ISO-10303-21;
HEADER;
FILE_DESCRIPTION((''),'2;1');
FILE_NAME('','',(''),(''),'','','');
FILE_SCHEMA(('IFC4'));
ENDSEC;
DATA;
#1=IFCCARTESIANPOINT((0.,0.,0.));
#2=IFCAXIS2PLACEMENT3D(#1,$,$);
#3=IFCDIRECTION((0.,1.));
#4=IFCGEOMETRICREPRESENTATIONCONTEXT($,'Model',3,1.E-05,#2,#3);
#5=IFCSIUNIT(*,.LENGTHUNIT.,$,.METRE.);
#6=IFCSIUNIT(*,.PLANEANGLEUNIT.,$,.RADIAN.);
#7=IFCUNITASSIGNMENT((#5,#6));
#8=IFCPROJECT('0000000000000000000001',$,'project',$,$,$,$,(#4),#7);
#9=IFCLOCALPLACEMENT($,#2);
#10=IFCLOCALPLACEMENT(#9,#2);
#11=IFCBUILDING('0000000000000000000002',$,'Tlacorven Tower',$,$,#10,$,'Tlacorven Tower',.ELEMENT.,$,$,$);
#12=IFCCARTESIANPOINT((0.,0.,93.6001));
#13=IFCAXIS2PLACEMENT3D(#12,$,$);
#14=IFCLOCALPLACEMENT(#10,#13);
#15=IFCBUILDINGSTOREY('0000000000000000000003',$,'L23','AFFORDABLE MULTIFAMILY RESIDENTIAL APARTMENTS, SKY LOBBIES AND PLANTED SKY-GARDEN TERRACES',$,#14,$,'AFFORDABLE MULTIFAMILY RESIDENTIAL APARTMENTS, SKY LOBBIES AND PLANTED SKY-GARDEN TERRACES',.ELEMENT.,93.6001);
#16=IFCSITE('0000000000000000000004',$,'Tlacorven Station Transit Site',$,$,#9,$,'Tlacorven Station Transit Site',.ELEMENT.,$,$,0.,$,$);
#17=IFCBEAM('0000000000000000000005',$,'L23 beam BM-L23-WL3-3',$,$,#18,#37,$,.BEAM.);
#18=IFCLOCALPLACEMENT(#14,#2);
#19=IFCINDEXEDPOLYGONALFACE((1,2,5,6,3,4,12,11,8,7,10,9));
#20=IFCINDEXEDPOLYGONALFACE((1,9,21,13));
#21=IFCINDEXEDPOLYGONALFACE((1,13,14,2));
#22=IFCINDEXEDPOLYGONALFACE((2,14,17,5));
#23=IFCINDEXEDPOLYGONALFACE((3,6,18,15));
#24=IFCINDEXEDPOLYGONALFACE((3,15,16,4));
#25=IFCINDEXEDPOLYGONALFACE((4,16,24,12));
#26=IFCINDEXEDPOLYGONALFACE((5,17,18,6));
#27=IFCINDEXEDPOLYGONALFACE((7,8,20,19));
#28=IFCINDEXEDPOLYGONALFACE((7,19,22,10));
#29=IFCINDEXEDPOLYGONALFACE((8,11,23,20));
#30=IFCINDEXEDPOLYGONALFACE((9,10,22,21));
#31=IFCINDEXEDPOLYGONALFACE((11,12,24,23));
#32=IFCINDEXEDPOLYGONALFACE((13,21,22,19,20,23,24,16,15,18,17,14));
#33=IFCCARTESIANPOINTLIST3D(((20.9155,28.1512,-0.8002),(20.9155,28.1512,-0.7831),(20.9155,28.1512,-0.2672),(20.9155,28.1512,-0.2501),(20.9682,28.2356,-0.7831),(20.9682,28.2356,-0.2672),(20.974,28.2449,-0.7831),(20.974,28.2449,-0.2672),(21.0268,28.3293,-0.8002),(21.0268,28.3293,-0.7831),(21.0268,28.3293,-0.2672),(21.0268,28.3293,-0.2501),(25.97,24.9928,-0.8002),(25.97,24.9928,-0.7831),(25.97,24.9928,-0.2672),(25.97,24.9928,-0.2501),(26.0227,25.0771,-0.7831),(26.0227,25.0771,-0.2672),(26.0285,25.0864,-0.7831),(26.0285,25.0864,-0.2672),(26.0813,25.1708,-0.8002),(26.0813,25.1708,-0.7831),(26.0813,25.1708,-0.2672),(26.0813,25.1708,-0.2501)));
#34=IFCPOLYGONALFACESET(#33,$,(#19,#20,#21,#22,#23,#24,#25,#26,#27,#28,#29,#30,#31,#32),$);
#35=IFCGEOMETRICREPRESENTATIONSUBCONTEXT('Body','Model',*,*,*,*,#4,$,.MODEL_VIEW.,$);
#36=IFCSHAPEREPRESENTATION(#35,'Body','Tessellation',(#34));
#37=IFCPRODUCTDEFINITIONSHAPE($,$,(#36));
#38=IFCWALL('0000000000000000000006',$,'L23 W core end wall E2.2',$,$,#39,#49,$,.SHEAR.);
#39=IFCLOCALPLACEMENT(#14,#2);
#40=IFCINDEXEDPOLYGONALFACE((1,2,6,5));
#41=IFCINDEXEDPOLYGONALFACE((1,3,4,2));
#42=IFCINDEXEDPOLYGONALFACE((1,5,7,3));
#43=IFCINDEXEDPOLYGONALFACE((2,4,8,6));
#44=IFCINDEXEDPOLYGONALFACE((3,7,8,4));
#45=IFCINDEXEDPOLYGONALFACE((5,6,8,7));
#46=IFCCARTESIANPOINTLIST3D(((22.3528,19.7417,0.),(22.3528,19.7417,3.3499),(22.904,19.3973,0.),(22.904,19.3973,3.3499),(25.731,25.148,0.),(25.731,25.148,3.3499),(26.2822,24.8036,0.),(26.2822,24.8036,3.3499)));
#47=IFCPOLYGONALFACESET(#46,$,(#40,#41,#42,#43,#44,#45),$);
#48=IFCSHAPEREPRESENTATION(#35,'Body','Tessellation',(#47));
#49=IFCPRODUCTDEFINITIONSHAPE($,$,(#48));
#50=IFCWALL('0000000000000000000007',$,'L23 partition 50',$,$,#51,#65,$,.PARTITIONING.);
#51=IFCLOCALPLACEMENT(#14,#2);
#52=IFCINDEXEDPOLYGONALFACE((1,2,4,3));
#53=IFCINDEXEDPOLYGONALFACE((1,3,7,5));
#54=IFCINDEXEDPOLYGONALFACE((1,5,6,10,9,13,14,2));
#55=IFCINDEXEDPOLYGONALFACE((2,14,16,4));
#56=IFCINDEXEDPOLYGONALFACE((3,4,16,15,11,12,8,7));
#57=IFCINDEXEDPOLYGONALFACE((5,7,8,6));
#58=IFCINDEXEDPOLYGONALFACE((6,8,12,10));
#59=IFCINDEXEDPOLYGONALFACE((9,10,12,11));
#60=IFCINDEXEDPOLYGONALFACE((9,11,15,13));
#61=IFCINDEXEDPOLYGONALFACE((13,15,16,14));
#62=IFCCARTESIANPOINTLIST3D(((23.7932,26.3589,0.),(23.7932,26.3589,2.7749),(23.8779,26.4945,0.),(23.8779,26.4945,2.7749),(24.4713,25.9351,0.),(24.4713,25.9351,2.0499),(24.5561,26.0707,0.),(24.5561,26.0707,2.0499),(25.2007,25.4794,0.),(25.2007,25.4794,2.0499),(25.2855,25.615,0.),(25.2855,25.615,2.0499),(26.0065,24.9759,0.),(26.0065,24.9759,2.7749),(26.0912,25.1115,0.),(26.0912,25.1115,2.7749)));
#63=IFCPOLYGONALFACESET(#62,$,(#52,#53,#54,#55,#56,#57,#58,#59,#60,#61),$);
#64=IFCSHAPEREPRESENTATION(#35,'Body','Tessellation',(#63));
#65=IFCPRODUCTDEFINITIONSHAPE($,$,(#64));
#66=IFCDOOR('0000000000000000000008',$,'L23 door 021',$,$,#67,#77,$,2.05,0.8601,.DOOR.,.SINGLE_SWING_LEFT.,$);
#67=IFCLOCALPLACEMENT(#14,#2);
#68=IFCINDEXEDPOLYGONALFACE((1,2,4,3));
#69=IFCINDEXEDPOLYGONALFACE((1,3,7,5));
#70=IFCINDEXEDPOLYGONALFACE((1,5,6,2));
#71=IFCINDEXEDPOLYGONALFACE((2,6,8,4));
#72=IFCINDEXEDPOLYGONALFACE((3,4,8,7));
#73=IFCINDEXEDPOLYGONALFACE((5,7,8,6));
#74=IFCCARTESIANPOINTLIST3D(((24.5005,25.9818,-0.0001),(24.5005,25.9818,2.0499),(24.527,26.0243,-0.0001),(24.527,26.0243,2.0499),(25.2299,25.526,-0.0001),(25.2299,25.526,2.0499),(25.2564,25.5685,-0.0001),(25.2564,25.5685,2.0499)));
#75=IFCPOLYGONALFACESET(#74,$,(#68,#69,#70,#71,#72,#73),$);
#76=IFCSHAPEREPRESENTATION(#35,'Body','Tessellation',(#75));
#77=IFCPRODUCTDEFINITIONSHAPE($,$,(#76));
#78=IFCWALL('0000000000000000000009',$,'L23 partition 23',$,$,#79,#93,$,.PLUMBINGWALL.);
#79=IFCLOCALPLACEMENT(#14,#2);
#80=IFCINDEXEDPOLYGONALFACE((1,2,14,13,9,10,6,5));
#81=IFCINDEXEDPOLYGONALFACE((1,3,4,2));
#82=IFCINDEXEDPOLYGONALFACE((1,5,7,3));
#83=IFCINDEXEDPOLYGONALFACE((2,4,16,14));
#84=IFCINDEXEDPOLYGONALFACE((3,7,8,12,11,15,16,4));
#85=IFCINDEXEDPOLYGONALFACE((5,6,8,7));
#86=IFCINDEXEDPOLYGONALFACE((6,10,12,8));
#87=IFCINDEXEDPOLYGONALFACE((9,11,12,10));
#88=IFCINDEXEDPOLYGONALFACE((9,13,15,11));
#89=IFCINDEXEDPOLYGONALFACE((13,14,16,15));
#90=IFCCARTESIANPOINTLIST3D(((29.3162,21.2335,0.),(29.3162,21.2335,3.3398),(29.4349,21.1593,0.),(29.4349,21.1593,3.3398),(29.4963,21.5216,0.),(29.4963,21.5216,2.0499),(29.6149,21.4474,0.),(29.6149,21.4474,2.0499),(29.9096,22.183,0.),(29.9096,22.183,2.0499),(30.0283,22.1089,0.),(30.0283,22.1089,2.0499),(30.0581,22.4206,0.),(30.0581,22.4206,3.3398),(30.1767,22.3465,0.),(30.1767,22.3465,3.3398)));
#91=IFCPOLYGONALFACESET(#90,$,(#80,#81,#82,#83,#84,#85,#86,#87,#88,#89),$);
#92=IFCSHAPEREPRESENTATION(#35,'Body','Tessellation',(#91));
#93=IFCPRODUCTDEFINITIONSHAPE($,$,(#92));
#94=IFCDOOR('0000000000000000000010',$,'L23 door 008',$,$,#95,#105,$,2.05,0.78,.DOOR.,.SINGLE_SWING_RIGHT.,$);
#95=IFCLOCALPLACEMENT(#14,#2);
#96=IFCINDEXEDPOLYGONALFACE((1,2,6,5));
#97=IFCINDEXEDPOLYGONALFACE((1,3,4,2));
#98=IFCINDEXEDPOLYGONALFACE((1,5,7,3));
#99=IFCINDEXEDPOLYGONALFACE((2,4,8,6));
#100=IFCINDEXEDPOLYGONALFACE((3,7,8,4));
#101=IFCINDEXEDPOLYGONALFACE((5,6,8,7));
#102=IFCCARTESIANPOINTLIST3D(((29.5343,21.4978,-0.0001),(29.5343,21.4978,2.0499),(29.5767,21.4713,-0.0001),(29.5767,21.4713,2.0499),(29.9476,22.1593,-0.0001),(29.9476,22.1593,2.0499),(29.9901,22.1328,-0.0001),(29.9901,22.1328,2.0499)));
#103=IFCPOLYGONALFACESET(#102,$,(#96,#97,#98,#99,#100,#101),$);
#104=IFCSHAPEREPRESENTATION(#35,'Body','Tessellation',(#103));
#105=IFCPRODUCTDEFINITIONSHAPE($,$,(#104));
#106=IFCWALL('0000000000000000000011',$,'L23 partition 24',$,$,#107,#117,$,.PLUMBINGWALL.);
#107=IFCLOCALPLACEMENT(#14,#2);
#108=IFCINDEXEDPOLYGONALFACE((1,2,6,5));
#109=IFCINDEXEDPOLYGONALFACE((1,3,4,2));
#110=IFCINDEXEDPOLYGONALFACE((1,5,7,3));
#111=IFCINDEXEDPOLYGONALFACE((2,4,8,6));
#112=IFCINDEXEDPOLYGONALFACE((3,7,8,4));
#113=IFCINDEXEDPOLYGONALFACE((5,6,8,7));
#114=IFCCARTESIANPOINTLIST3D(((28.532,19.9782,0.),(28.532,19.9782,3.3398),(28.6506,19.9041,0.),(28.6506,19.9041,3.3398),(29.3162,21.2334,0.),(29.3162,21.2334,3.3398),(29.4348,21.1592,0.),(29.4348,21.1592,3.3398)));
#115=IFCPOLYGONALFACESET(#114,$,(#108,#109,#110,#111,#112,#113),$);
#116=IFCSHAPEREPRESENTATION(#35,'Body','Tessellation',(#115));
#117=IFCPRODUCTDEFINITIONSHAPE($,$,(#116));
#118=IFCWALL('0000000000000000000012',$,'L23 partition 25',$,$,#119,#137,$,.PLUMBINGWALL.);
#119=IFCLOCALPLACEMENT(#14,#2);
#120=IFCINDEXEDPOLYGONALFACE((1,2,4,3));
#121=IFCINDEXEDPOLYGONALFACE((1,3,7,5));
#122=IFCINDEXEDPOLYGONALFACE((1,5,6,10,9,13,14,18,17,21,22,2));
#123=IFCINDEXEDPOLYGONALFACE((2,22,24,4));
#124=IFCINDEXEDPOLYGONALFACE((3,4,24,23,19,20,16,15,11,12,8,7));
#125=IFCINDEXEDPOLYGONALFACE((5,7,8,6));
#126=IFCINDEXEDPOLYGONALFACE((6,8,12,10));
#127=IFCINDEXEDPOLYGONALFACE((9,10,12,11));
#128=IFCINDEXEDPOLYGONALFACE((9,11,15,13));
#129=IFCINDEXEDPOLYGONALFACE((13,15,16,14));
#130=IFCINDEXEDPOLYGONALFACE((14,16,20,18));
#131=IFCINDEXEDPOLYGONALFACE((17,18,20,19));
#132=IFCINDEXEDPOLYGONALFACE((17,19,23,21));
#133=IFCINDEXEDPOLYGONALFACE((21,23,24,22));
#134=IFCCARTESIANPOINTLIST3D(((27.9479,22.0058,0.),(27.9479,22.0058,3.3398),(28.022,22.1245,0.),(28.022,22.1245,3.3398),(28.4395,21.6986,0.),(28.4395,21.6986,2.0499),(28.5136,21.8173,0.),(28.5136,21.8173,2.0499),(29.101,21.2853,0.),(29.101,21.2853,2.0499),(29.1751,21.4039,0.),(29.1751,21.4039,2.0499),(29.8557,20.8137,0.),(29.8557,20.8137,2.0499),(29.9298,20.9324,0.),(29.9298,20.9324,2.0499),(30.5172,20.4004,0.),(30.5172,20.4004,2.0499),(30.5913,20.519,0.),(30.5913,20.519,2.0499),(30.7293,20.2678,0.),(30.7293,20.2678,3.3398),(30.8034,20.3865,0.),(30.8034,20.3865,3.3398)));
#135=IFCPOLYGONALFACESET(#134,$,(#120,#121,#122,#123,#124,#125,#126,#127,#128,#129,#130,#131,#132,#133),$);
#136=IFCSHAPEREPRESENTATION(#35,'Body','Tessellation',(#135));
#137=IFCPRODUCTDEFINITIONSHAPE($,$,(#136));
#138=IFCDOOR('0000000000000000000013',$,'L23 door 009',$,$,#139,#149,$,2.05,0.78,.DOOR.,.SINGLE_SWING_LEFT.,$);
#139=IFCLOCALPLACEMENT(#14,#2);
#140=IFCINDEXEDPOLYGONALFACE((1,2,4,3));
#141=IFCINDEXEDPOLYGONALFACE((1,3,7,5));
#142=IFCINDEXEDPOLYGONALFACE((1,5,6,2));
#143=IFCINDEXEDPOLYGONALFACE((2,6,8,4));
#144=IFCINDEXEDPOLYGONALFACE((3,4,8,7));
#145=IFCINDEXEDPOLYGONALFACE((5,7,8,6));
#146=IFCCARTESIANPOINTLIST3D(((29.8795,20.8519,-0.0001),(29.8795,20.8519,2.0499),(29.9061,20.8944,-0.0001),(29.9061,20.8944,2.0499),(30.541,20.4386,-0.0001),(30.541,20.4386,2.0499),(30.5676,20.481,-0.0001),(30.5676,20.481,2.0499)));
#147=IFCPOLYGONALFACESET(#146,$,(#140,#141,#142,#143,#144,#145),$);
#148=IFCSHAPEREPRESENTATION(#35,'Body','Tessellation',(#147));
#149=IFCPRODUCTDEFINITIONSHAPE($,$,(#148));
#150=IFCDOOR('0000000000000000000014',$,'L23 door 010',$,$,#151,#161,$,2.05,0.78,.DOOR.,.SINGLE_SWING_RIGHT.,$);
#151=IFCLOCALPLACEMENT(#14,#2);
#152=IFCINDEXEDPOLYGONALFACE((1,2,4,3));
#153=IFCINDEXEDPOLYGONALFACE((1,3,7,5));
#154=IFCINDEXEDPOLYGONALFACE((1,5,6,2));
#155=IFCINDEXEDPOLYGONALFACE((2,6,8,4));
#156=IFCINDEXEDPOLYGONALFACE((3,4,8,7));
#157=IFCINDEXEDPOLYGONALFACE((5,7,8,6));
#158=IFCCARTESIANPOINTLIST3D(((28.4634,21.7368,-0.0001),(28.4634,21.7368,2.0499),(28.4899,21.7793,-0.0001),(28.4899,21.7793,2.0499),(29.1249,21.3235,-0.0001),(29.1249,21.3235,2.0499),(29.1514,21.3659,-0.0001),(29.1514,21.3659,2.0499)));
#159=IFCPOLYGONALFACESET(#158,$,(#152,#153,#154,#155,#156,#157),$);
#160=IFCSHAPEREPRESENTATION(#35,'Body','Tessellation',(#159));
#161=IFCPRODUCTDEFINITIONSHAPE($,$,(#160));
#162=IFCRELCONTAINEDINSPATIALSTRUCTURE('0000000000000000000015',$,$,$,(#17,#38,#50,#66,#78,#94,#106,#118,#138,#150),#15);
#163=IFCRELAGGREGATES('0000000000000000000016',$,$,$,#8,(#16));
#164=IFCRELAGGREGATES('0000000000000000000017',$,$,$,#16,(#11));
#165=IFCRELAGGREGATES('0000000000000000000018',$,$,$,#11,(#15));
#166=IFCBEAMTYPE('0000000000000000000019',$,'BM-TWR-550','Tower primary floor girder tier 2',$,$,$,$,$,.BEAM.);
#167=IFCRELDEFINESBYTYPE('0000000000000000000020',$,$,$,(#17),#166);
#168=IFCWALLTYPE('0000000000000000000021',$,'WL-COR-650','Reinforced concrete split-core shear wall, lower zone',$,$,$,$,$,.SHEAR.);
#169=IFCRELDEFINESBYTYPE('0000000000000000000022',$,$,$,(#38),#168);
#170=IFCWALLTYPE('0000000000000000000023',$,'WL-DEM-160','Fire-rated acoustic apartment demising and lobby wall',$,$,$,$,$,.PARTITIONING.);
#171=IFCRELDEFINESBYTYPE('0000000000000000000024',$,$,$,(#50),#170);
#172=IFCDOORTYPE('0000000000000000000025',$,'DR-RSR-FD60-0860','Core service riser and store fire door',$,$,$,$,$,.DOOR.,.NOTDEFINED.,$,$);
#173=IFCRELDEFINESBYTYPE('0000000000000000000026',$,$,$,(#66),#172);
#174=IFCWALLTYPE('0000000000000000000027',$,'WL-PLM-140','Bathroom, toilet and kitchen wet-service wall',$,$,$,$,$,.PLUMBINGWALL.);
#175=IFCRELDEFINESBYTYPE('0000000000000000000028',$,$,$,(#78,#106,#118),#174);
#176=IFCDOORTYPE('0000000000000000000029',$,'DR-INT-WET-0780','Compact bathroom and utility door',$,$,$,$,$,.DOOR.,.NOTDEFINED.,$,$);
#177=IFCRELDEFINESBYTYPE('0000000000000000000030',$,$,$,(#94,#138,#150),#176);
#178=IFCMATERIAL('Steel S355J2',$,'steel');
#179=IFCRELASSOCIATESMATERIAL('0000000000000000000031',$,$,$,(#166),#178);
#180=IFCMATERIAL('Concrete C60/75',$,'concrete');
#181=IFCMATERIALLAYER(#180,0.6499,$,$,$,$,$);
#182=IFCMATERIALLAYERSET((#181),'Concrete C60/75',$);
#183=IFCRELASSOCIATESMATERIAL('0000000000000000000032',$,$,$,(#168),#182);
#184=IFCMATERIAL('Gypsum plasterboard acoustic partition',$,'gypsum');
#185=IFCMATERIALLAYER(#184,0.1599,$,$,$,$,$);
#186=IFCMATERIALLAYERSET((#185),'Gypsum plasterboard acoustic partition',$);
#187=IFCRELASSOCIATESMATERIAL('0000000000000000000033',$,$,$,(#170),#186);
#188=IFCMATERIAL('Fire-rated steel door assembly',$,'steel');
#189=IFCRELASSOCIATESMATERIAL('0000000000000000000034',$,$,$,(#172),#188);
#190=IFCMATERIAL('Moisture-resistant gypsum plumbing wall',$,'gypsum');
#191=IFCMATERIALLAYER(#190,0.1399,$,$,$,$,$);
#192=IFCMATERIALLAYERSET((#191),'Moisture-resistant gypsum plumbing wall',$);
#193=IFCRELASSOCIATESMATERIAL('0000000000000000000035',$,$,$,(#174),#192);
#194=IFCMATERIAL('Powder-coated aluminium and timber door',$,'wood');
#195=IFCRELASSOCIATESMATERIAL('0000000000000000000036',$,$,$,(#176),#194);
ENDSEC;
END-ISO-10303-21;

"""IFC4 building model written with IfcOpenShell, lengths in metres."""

from ifc_helpers import new_model, si_unit, direction, frame, frame_2d, origin, origin_2d, place, context, subcontext, project, spatial, rectangle, i_section, extrude, source, transform, mapped, material, layer, layer_set, material_profile, profile_set, type_object, element, fill, save


model = new_model("IFC4")

# Units and contexts
model_context = context("Model", 3, precision=1e-05, world=origin(), true_north=direction((0.0, 1.0)))
body_context = subcontext(model_context, "Body", "Model", "MODEL_VIEW")
ifc_project = project(units=[si_unit("LENGTHUNIT", "METRE"), si_unit("PLANEANGLEUNIT", "RADIAN")], contexts=[model_context])

# Site, building, storey
site_placement = place(None, origin())
site = spatial("IfcSite", under=ifc_project, at=site_placement, Name="Tlacorven Station Transit Site", LongName="Tlacorven Station Transit Site", CompositionType="ELEMENT", RefElevation=0.0)
building_placement = place(site_placement, origin())
building = spatial("IfcBuilding", under=site, at=building_placement, Name="Tlacorven Tower", LongName="Tlacorven Tower", CompositionType="ELEMENT")
storey_placement = place(building_placement, frame((0.0, 0.0, 93.6001)))
storey = spatial("IfcBuildingStorey", under=building, at=storey_placement, Name="L23", Description="AFFORDABLE MULTIFAMILY RESIDENTIAL APARTMENTS, SKY LOBBIES AND PLANTED SKY-GARDEN TERRACES", LongName="AFFORDABLE MULTIFAMILY RESIDENTIAL APARTMENTS, SKY LOBBIES AND PLANTED SKY-GARDEN TERRACES", CompositionType="ELEMENT", Elevation=93.6001)

# Beam
ifc_material_1 = material(Name="Steel S355J2", Category="steel")
ifc_material_profile = material_profile(ifc_material_1, i_section(OverallWidth=0.21, OverallDepth=0.55, WebThickness=0.011, FlangeThickness=0.0171, at=origin_2d()), Name="IPE 550")
ifc_profile_set = profile_set([ifc_material_profile], Name="Steel S355J2")
beam_type = type_object("IfcBeamType", Name="BM-TWR-550", Description="Tower primary floor girder tier 2", PredefinedType="BEAM", material=ifc_profile_set)
shared_shape_1 = source(origin(), body_context, "Body", "SweptSolid", [
    extrude(i_section(OverallWidth=0.21, OverallDepth=0.55, WebThickness=0.011, FlangeThickness=0.0171, at=origin_2d()), origin(), (0.0, 0.0, 1.0), 5.9602),
])
beam_placement = place(storey_placement, frame((26.0256, 25.0818, -0.5251), z_axis=(-0.848042, 0.529929, 0.0), x_axis=(-0.529929, -0.848042, 0.0)))
element("IfcBeam", 1, at=beam_placement, inside=storey, type_object=beam_type, Name="L23 beam BM-L23-WL3-3", PredefinedType="BEAM", context=body_context, shape_type="MappedRepresentation", body=[
    mapped(shared_shape_1, transform((0.0, 0.0, 0.0), scale=1.0)),
])

# Wall
ifc_material_2 = material(Name="Concrete C60/75", Category="concrete")
ifc_layer_1 = layer(ifc_material_2, 0.6499)
ifc_layer_set_1 = layer_set([ifc_layer_1], Name="Concrete C60/75")
wall_type_1 = type_object("IfcWallType", Name="WL-COR-650", Description="Reinforced concrete split-core shear wall, lower zone", PredefinedType="SHEAR", material=ifc_layer_set_1)
wall_1_placement = place(storey_placement, frame((26.0066, 24.9758, 0.0), z_axis=(0.0, 0.0, 1.0), x_axis=(-0.529916, -0.84805, 0.0)))
element("IfcWall", 2, at=wall_1_placement, inside=storey, type_object=wall_type_1, Name="L23 W core end wall E2.2", PredefinedType="SHEAR", context=body_context, shape_type="SweptSolid", body=[
    extrude(rectangle(XDim=6.375, YDim=0.6499, at=frame_2d((3.1875, 0.0))), origin(), (0.0, 0.0, 1.0), 3.3499),
])

# Walls, openings, doors
ifc_material_3 = material(Name="Gypsum plasterboard acoustic partition", Category="gypsum")
ifc_layer_2 = layer(ifc_material_3, 0.1599)
ifc_layer_set_2 = layer_set([ifc_layer_2], Name="Gypsum plasterboard acoustic partition")
wall_type_2 = type_object("IfcWallType", Name="WL-DEM-160", Description="Fire-rated acoustic apartment demising and lobby wall", PredefinedType="PARTITIONING", material=ifc_layer_set_2)
wall_2_placement = place(storey_placement, frame((26.0488, 25.0437, 0.0), z_axis=(0.0, 0.0, 1.0), x_axis=(-0.848051, 0.529915, 0.0)))
wall_2 = element("IfcWall", 3, at=wall_2_placement, inside=storey, type_object=wall_type_2, Name="L23 partition 50", PredefinedType="PARTITIONING", context=body_context, shape_type="SweptSolid", body=[
    extrude(rectangle(XDim=2.6099, YDim=0.1599, at=frame_2d((1.3049, 0.0))), origin(), (0.0, 0.0, 1.0), 2.7749),
])
opening_1_placement = place(wall_2_placement, frame((0.95, 0.0, 0.0)))
opening_1 = element("IfcOpeningElement", 4, at=opening_1_placement, cuts=wall_2, PredefinedType="OPENING", context=body_context, shape_type="SweptSolid", body=[
    extrude(rectangle(XDim=0.8601, YDim=2.05, at=frame_2d((0.4302, 1.0249))), frame((0.0, 0.0898, 0.0), z_axis=(0.0, -1.0, 0.0), x_axis=(1.0, 0.0, 0.0)), (0.0, 0.0, 1.0), 0.1799),
])
ifc_material_4 = material(Name="Fire-rated steel door assembly", Category="steel")
door_type_1 = type_object("IfcDoorType", Name="DR-RSR-FD60-0860", Description="Core service riser and store fire door", OperationType="NOTDEFINED", PredefinedType="DOOR", material=ifc_material_4)
shared_shape_2 = source(origin(), body_context, "Body", "SweptSolid", [
    extrude(rectangle(XDim=0.8601, YDim=2.05, at=frame_2d((0.4302, 1.0249))), frame((0.0, 0.0249, 0.0), z_axis=(0.0, -1.0, 0.0), x_axis=(1.0, 0.0, 0.0)), (0.0, 0.0, 1.0), 0.05),
])
door_1_placement = place(opening_1_placement, origin())
door_1 = element("IfcDoor", 5, at=door_1_placement, inside=storey, type_object=door_type_1, Name="L23 door 021", OperationType="SINGLE_SWING_LEFT", OverallHeight=2.05, OverallWidth=0.8601, PredefinedType="DOOR", context=body_context, shape_type="MappedRepresentation", body=[
    mapped(shared_shape_2, transform((0.0, 0.0, 0.0), scale=1.0)),
])
fill(opening_1, door_1)
ifc_material_5 = material(Name="Moisture-resistant gypsum plumbing wall", Category="gypsum")
ifc_layer_3 = layer(ifc_material_5, 0.1399)
ifc_layer_set_3 = layer_set([ifc_layer_3], Name="Moisture-resistant gypsum plumbing wall")
wall_type_3 = type_object("IfcWallType", Name="WL-PLM-140", Description="Bathroom, toilet and kitchen wet-service wall", PredefinedType="PLUMBINGWALL", material=ifc_layer_set_3)
wall_3_placement = place(storey_placement, frame((30.1174, 22.3835, 0.0), z_axis=(0.0, 0.0, 1.0), x_axis=(-0.529952, -0.848028, 0.0)))
wall_3 = element("IfcWall", 6, at=wall_3_placement, inside=storey, type_object=wall_type_3, Name="L23 partition 23", PredefinedType="PLUMBINGWALL", context=body_context, shape_type="SweptSolid", body=[
    extrude(rectangle(XDim=1.3999, YDim=0.1399, at=frame_2d((0.7, 0.0))), origin(), (0.0, 0.0, 1.0), 3.3398),
])
opening_2_placement = place(wall_3_placement, frame((0.28, 0.0, 0.0)))
opening_2 = element("IfcOpeningElement", 7, at=opening_2_placement, cuts=wall_3, PredefinedType="OPENING", context=body_context, shape_type="SweptSolid", body=[
    extrude(rectangle(XDim=0.78, YDim=2.05, at=frame_2d((0.3901, 1.0249))), frame((0.0, 0.0801, 0.0), z_axis=(0.0, -1.0, 0.0), x_axis=(1.0, 0.0, 0.0)), (0.0, 0.0, 1.0), 0.1599),
])
ifc_material_6 = material(Name="Powder-coated aluminium and timber door", Category="wood")
door_type_2 = type_object("IfcDoorType", Name="DR-INT-WET-0780", Description="Compact bathroom and utility door", OperationType="NOTDEFINED", PredefinedType="DOOR", material=ifc_material_6)
shared_shape_3 = source(origin(), body_context, "Body", "SweptSolid", [
    extrude(rectangle(XDim=0.78, YDim=2.05, at=frame_2d((0.3901, 1.0249))), frame((0.0, 0.0249, 0.0), z_axis=(0.0, -1.0, 0.0), x_axis=(1.0, 0.0, 0.0)), (0.0, 0.0, 1.0), 0.05),
])
door_2_placement = place(opening_2_placement, origin())
door_2 = element("IfcDoor", 8, at=door_2_placement, inside=storey, type_object=door_type_2, Name="L23 door 008", OperationType="SINGLE_SWING_RIGHT", OverallHeight=2.05, OverallWidth=0.78, PredefinedType="DOOR", context=body_context, shape_type="MappedRepresentation", body=[
    mapped(shared_shape_3, transform((0.0, 0.0, 0.0), scale=1.0)),
])
fill(opening_2, door_2)

# Wall
wall_4_placement = place(storey_placement, frame((29.3755, 21.1963, 0.0), z_axis=(0.0, 0.0, 1.0), x_axis=(-0.529865, -0.848082, 0.0)))
element("IfcWall", 9, at=wall_4_placement, inside=storey, type_object=wall_type_3, Name="L23 partition 24", PredefinedType="PLUMBINGWALL", context=body_context, shape_type="SweptSolid", body=[
    extrude(rectangle(XDim=1.48, YDim=0.1399, at=frame_2d((0.74, 0.0))), origin(), (0.0, 0.0, 1.0), 3.3398),
])

# Wall, openings, doors
wall_5_placement = place(storey_placement, frame((30.7664, 20.3271, 0.0), z_axis=(0.0, 0.0, 1.0), x_axis=(-0.848053, 0.529912, 0.0)))
wall_5 = element("IfcWall", 10, at=wall_5_placement, inside=storey, type_object=wall_type_3, Name="L23 partition 25", PredefinedType="PLUMBINGWALL", context=body_context, shape_type="SweptSolid", body=[
    extrude(rectangle(XDim=3.2798, YDim=0.1399, at=frame_2d((1.6399, 0.0))), origin(), (0.0, 0.0, 1.0), 3.3398),
])
opening_3_placement = place(wall_5_placement, frame((0.25, 0.0, 0.0)))
opening_3 = element("IfcOpeningElement", 11, at=opening_3_placement, cuts=wall_5, PredefinedType="OPENING", context=body_context, shape_type="SweptSolid", body=[
    extrude(rectangle(XDim=0.78, YDim=2.05, at=frame_2d((0.3901, 1.0249))), frame((0.0, 0.0801, 0.0), z_axis=(0.0, -1.0, 0.0), x_axis=(1.0, 0.0, 0.0)), (0.0, 0.0, 1.0), 0.1599),
])
opening_4_placement = place(wall_5_placement, frame((1.9199, 0.0, 0.0)))
opening_4 = element("IfcOpeningElement", 12, at=opening_4_placement, cuts=wall_5, PredefinedType="OPENING", context=body_context, shape_type="SweptSolid", body=[
    extrude(rectangle(XDim=0.78, YDim=2.05, at=frame_2d((0.3901, 1.0249))), frame((0.0, 0.0801, 0.0), z_axis=(0.0, -1.0, 0.0), x_axis=(1.0, 0.0, 0.0)), (0.0, 0.0, 1.0), 0.1599),
])
door_3_placement = place(opening_3_placement, origin())
door_3 = element("IfcDoor", 13, at=door_3_placement, inside=storey, type_object=door_type_2, Name="L23 door 009", OperationType="SINGLE_SWING_LEFT", OverallHeight=2.05, OverallWidth=0.78, PredefinedType="DOOR", context=body_context, shape_type="MappedRepresentation", body=[
    mapped(shared_shape_3, transform((0.0, 0.0, 0.0), scale=1.0)),
])
fill(opening_3, door_3)
door_4_placement = place(opening_4_placement, origin())
door_4 = element("IfcDoor", 14, at=door_4_placement, inside=storey, type_object=door_type_2, Name="L23 door 010", OperationType="SINGLE_SWING_RIGHT", OverallHeight=2.05, OverallWidth=0.78, PredefinedType="DOOR", context=body_context, shape_type="MappedRepresentation", body=[
    mapped(shared_shape_3, transform((0.0, 0.0, 0.0), scale=1.0)),
])
fill(opening_4, door_4)

save(model, "model.ifc")
